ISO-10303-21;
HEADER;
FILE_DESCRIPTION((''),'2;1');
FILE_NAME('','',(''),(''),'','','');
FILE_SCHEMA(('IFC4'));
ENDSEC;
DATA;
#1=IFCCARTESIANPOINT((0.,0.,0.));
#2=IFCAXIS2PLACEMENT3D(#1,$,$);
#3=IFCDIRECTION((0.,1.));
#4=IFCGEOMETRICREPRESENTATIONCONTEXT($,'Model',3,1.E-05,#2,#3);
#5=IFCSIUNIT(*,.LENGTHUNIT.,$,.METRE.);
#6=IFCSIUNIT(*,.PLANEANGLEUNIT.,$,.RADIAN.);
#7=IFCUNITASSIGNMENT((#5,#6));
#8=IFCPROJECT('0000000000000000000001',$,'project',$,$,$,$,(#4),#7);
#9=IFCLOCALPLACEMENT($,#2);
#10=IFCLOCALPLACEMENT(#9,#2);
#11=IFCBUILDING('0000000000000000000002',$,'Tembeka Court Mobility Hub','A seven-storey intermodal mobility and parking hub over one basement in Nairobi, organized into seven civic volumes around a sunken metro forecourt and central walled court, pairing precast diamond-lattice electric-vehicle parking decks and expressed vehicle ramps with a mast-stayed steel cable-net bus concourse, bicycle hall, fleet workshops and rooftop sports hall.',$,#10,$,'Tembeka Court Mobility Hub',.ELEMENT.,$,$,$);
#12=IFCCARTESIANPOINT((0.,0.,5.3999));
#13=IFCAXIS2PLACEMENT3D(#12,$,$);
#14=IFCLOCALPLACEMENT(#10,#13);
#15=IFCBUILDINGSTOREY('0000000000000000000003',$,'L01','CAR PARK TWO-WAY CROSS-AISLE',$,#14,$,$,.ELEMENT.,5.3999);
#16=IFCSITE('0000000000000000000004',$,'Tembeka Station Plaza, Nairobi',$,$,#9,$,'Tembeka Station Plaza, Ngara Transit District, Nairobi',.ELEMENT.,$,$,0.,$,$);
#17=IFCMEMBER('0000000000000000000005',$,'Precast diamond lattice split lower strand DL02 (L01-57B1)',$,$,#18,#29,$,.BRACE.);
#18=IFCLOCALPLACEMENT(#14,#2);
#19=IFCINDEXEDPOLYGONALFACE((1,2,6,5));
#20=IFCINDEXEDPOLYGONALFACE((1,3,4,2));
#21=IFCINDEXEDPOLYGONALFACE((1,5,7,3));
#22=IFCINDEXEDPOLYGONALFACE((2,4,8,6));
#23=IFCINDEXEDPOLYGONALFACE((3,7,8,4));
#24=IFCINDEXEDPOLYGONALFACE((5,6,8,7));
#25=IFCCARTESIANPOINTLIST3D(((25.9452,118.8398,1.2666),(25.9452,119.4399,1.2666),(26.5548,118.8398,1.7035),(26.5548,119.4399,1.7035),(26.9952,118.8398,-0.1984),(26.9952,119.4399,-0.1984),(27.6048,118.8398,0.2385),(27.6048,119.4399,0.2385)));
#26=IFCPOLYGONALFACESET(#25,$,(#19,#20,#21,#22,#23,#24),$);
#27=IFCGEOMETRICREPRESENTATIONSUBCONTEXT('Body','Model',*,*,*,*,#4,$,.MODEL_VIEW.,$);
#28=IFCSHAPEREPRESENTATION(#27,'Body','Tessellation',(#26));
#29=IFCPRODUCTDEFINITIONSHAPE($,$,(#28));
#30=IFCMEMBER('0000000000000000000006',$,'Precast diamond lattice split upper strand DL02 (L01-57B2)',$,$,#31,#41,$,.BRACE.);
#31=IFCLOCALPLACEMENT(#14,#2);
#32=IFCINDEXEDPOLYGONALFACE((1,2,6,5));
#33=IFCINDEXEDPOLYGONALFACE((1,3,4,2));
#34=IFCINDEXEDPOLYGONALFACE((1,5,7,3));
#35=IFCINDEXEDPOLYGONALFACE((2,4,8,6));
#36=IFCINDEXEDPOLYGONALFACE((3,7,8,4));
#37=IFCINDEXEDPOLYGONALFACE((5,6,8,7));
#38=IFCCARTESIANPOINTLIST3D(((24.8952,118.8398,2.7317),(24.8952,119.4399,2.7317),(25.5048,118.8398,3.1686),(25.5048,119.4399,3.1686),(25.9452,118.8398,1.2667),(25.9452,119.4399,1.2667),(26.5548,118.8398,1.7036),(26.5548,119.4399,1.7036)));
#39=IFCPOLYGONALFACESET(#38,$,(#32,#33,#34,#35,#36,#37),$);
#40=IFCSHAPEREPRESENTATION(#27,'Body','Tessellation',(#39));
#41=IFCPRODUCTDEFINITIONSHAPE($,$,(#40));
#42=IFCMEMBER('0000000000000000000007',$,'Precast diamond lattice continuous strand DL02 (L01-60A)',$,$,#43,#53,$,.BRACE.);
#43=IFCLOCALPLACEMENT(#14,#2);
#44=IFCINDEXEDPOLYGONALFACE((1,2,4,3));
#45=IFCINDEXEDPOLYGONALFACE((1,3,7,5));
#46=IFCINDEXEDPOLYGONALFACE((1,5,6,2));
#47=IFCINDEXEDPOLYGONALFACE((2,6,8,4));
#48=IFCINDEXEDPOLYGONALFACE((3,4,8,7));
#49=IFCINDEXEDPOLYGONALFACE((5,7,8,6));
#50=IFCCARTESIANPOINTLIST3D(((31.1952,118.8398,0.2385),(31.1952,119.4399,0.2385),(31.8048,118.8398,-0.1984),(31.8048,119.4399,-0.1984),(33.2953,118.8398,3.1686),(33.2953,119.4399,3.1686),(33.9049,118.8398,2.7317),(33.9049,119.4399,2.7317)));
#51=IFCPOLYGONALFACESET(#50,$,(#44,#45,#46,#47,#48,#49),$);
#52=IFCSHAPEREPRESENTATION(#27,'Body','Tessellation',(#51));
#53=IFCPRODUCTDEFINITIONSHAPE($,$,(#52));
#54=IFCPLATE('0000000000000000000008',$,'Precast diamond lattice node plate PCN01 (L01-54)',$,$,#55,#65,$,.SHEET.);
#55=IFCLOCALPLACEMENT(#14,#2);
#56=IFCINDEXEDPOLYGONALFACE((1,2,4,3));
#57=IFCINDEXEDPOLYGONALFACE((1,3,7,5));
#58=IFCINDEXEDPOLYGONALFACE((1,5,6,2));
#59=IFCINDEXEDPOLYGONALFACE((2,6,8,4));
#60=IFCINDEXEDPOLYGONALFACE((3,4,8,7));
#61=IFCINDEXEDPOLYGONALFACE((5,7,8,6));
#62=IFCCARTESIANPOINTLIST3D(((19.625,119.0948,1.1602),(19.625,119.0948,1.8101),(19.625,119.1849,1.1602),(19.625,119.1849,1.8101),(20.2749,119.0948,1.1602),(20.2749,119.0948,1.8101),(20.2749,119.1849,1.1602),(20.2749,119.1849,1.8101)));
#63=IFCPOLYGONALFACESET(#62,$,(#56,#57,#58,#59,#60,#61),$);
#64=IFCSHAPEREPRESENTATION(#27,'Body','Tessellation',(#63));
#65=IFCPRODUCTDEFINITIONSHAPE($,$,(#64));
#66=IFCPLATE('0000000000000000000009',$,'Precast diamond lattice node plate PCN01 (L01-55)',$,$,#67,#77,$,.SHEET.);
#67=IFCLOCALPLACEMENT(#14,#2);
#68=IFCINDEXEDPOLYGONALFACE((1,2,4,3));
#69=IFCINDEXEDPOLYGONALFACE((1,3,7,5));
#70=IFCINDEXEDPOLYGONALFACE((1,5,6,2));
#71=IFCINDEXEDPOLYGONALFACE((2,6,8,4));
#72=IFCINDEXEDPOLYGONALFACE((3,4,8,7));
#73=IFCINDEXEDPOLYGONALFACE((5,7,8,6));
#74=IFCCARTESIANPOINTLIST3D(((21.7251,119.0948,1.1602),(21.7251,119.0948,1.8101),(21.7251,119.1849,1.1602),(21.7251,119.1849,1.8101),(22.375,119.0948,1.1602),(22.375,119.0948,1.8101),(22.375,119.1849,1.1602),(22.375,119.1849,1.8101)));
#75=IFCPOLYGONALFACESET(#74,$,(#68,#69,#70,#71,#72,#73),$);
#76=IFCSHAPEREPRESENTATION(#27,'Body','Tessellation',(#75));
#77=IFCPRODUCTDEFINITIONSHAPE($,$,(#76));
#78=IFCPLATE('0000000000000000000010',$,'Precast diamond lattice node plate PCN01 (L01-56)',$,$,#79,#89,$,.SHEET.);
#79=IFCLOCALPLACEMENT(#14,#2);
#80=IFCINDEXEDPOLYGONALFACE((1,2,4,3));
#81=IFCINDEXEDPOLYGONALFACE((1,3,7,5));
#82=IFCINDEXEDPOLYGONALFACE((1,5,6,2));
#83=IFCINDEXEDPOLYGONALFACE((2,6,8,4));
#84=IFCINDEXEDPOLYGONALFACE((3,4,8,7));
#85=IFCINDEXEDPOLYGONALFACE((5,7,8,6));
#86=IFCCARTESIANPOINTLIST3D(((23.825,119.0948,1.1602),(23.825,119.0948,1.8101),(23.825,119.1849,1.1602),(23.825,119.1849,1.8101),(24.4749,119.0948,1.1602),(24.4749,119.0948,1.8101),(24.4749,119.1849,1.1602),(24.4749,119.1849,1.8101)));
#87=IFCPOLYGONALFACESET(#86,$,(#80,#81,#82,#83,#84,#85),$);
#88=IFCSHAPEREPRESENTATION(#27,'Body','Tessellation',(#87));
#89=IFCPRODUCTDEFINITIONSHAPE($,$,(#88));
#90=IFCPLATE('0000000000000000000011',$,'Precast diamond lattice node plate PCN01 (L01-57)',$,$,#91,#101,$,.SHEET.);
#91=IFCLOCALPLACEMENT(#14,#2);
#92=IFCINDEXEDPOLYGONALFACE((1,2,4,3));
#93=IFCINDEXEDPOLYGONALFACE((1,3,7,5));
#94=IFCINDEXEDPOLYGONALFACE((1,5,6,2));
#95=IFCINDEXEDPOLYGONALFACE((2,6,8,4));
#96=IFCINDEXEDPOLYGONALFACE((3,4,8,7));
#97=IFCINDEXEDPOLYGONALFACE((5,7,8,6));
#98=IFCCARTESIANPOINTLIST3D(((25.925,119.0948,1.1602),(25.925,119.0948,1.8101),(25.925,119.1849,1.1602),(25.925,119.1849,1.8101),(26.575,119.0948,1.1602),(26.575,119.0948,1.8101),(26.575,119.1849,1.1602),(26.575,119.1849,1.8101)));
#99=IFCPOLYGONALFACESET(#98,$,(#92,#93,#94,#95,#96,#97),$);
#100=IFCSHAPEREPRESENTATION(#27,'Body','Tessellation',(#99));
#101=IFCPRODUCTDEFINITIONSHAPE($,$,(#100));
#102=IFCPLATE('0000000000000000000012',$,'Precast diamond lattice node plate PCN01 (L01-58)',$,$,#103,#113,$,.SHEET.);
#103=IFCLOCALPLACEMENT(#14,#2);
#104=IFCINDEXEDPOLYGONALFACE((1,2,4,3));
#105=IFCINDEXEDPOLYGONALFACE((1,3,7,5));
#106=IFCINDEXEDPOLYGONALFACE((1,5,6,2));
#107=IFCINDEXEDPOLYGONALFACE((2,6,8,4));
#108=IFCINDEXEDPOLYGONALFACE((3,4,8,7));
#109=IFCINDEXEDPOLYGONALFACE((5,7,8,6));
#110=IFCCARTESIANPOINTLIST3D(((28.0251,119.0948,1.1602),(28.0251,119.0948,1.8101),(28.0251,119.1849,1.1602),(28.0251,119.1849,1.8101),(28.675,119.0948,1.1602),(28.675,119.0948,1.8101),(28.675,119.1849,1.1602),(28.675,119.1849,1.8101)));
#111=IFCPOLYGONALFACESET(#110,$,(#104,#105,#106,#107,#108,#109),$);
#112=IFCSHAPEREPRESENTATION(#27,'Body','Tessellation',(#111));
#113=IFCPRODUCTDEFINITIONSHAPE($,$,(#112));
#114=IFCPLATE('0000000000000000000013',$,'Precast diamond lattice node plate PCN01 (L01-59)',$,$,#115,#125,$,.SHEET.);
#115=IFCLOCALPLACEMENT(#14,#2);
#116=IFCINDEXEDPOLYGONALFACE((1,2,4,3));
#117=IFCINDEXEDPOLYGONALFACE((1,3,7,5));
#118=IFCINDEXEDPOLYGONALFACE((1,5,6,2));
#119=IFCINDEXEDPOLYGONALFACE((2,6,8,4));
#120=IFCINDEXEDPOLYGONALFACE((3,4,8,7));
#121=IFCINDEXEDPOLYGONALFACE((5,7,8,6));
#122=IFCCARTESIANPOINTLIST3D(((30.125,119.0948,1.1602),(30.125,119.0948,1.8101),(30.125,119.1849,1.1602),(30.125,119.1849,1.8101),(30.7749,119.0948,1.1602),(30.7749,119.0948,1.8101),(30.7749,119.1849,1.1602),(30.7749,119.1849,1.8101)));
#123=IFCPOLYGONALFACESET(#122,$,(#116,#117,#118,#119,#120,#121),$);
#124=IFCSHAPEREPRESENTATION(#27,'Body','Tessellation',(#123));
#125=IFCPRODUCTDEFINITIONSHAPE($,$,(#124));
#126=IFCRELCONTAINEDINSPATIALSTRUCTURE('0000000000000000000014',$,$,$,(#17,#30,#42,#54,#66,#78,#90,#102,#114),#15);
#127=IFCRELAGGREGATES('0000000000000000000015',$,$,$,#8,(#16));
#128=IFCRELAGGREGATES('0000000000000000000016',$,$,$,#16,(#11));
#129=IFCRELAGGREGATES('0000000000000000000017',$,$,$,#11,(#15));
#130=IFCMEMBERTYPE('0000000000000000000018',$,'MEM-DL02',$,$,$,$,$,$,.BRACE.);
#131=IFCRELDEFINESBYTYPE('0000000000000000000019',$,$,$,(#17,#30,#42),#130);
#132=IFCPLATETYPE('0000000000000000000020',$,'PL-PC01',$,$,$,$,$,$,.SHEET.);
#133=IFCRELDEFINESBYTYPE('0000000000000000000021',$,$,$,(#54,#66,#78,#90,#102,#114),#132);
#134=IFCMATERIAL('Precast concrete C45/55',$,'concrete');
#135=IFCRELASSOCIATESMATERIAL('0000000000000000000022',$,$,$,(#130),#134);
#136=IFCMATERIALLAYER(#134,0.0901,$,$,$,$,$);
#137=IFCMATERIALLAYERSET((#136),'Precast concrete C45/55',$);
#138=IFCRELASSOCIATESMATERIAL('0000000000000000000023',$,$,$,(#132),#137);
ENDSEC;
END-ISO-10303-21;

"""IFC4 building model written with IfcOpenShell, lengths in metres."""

from ifc_helpers import new_model, si_unit, direction, frame, origin, origin_2d, place, context, subcontext, project, spatial, rectangle, extrude, material, layer, layer_set, material_profile, profile_set, type_object, element, save


model = new_model("IFC4")

# Units and contexts
model_context = context("Model", 3, precision=1e-05, world=origin(), true_north=direction((0.0, 1.0)))
body_context = subcontext(model_context, "Body", "Model", "MODEL_VIEW")
ifc_project = project(units=[si_unit("LENGTHUNIT", "METRE"), si_unit("PLANEANGLEUNIT", "RADIAN")], contexts=[model_context])

# Site, building, storey
site_placement = place(None, origin())
site = spatial("IfcSite", under=ifc_project, at=site_placement, Name="Tembeka Station Plaza, Nairobi", LongName="Tembeka Station Plaza, Ngara Transit District, Nairobi", CompositionType="ELEMENT", RefElevation=0.0)
building_placement = place(site_placement, origin())
building = spatial("IfcBuilding", under=site, at=building_placement, Name="Tembeka Court Mobility Hub", Description="A seven-storey intermodal mobility and parking hub over one basement in Nairobi, organized into seven civic volumes around a sunken metro forecourt and central walled court, pairing precast diamond-lattice electric-vehicle parking decks and expressed vehicle ramps with a mast-stayed steel cable-net bus concourse, bicycle hall, fleet workshops and rooftop sports hall.", LongName="Tembeka Court Mobility Hub", CompositionType="ELEMENT")
storey_placement = place(building_placement, frame((0.0, 0.0, 5.3999)))
storey = spatial("IfcBuildingStorey", under=building, at=storey_placement, Name="L01", Description="CAR PARK TWO-WAY CROSS-AISLE", CompositionType="ELEMENT", Elevation=5.3999)

# Members
ifc_material = material(Name="Precast concrete C45/55", Category="concrete")
ifc_material_profile_1 = material_profile(ifc_material, rectangle(XDim=0.6001, YDim=0.75, at=origin_2d()), Name="PC-DIAG 600x750")
ifc_profile_set_1 = profile_set([ifc_material_profile_1], Name="Precast concrete C45/55")
member_type_1 = type_object("IfcMemberType", Name="MEM-DL02", PredefinedType="BRACE", material=ifc_profile_set_1)
for number, where, z_axis, x_axis, name in (
    (1, (27.3, 119.1399, 0.02), (-0.582544, 0.0, 0.812799), (0.0, -1.0, 0.0), "Precast diamond lattice split lower strand DL02 (L01-57B1)"),
    (2, (26.25, 119.1399, 1.4851), (-0.582544, 0.0, 0.812799), (0.0, -1.0, 0.0), "Precast diamond lattice split upper strand DL02 (L01-57B2)"),
):
    element("IfcMember", number, at=place(storey_placement, frame(where, z_axis=z_axis, x_axis=x_axis)), inside=storey, type_object=member_type_1, Name=name, PredefinedType="BRACE", context=body_context, shape_type="SweptSolid", body=[
        extrude(rectangle(XDim=0.6001, YDim=0.75, at=origin_2d()), origin(), (0.0, 0.0, 1.0), 1.8025),
    ])
member_1_placement = place(storey_placement, frame((31.5, 119.1399, 0.02), z_axis=(0.582544, 0.0, 0.812799), x_axis=(0.0, 1.0, 0.0)))
element("IfcMember", 3, at=member_1_placement, inside=storey, type_object=member_type_1, Name="Precast diamond lattice continuous strand DL02 (L01-60A)", PredefinedType="BRACE", context=body_context, shape_type="SweptSolid", body=[
    extrude(rectangle(XDim=0.6001, YDim=0.75, at=origin_2d()), origin(), (0.0, 0.0, 1.0), 3.605),
])

# Plates
ifc_layer = layer(ifc_material, 0.0901)
ifc_layer_set = layer_set([ifc_layer], Name="Precast concrete C45/55")
plate_type = type_object("IfcPlateType", Name="PL-PC01", PredefinedType="SHEET", material=ifc_layer_set)
for number, where, z_axis, x_axis, name in (
    (4, (19.95, 119.1399, 1.1602), (0.0, 0.0, 1.0), (1.0, 0.0, 0.0), "Precast diamond lattice node plate PCN01 (L01-54)"),
    (5, (22.05, 119.1399, 1.1602), (0.0, 0.0, 1.0), (1.0, 0.0, 0.0), "Precast diamond lattice node plate PCN01 (L01-55)"),
    (6, (24.1499, 119.1399, 1.1602), (0.0, 0.0, 1.0), (1.0, 0.0, 0.0), "Precast diamond lattice node plate PCN01 (L01-56)"),
    (7, (26.25, 119.1399, 1.1602), (0.0, 0.0, 1.0), (1.0, 0.0, 0.0), "Precast diamond lattice node plate PCN01 (L01-57)"),
    (8, (28.3501, 119.1399, 1.1602), (0.0, 0.0, 1.0), (1.0, 0.0, 0.0), "Precast diamond lattice node plate PCN01 (L01-58)"),
    (9, (30.45, 119.1399, 1.1602), (0.0, 0.0, 1.0), (1.0, 0.0, 0.0), "Precast diamond lattice node plate PCN01 (L01-59)"),
):
    element("IfcPlate", number, at=place(storey_placement, frame(where, z_axis=z_axis, x_axis=x_axis)), inside=storey, type_object=plate_type, Name=name, PredefinedType="SHEET", context=body_context, shape_type="SweptSolid", body=[
        extrude(rectangle(XDim=0.6499, YDim=0.0901, at=origin_2d()), origin(), (0.0, 0.0, 1.0), 0.6499),
    ])

save(model, "model.ifc")
